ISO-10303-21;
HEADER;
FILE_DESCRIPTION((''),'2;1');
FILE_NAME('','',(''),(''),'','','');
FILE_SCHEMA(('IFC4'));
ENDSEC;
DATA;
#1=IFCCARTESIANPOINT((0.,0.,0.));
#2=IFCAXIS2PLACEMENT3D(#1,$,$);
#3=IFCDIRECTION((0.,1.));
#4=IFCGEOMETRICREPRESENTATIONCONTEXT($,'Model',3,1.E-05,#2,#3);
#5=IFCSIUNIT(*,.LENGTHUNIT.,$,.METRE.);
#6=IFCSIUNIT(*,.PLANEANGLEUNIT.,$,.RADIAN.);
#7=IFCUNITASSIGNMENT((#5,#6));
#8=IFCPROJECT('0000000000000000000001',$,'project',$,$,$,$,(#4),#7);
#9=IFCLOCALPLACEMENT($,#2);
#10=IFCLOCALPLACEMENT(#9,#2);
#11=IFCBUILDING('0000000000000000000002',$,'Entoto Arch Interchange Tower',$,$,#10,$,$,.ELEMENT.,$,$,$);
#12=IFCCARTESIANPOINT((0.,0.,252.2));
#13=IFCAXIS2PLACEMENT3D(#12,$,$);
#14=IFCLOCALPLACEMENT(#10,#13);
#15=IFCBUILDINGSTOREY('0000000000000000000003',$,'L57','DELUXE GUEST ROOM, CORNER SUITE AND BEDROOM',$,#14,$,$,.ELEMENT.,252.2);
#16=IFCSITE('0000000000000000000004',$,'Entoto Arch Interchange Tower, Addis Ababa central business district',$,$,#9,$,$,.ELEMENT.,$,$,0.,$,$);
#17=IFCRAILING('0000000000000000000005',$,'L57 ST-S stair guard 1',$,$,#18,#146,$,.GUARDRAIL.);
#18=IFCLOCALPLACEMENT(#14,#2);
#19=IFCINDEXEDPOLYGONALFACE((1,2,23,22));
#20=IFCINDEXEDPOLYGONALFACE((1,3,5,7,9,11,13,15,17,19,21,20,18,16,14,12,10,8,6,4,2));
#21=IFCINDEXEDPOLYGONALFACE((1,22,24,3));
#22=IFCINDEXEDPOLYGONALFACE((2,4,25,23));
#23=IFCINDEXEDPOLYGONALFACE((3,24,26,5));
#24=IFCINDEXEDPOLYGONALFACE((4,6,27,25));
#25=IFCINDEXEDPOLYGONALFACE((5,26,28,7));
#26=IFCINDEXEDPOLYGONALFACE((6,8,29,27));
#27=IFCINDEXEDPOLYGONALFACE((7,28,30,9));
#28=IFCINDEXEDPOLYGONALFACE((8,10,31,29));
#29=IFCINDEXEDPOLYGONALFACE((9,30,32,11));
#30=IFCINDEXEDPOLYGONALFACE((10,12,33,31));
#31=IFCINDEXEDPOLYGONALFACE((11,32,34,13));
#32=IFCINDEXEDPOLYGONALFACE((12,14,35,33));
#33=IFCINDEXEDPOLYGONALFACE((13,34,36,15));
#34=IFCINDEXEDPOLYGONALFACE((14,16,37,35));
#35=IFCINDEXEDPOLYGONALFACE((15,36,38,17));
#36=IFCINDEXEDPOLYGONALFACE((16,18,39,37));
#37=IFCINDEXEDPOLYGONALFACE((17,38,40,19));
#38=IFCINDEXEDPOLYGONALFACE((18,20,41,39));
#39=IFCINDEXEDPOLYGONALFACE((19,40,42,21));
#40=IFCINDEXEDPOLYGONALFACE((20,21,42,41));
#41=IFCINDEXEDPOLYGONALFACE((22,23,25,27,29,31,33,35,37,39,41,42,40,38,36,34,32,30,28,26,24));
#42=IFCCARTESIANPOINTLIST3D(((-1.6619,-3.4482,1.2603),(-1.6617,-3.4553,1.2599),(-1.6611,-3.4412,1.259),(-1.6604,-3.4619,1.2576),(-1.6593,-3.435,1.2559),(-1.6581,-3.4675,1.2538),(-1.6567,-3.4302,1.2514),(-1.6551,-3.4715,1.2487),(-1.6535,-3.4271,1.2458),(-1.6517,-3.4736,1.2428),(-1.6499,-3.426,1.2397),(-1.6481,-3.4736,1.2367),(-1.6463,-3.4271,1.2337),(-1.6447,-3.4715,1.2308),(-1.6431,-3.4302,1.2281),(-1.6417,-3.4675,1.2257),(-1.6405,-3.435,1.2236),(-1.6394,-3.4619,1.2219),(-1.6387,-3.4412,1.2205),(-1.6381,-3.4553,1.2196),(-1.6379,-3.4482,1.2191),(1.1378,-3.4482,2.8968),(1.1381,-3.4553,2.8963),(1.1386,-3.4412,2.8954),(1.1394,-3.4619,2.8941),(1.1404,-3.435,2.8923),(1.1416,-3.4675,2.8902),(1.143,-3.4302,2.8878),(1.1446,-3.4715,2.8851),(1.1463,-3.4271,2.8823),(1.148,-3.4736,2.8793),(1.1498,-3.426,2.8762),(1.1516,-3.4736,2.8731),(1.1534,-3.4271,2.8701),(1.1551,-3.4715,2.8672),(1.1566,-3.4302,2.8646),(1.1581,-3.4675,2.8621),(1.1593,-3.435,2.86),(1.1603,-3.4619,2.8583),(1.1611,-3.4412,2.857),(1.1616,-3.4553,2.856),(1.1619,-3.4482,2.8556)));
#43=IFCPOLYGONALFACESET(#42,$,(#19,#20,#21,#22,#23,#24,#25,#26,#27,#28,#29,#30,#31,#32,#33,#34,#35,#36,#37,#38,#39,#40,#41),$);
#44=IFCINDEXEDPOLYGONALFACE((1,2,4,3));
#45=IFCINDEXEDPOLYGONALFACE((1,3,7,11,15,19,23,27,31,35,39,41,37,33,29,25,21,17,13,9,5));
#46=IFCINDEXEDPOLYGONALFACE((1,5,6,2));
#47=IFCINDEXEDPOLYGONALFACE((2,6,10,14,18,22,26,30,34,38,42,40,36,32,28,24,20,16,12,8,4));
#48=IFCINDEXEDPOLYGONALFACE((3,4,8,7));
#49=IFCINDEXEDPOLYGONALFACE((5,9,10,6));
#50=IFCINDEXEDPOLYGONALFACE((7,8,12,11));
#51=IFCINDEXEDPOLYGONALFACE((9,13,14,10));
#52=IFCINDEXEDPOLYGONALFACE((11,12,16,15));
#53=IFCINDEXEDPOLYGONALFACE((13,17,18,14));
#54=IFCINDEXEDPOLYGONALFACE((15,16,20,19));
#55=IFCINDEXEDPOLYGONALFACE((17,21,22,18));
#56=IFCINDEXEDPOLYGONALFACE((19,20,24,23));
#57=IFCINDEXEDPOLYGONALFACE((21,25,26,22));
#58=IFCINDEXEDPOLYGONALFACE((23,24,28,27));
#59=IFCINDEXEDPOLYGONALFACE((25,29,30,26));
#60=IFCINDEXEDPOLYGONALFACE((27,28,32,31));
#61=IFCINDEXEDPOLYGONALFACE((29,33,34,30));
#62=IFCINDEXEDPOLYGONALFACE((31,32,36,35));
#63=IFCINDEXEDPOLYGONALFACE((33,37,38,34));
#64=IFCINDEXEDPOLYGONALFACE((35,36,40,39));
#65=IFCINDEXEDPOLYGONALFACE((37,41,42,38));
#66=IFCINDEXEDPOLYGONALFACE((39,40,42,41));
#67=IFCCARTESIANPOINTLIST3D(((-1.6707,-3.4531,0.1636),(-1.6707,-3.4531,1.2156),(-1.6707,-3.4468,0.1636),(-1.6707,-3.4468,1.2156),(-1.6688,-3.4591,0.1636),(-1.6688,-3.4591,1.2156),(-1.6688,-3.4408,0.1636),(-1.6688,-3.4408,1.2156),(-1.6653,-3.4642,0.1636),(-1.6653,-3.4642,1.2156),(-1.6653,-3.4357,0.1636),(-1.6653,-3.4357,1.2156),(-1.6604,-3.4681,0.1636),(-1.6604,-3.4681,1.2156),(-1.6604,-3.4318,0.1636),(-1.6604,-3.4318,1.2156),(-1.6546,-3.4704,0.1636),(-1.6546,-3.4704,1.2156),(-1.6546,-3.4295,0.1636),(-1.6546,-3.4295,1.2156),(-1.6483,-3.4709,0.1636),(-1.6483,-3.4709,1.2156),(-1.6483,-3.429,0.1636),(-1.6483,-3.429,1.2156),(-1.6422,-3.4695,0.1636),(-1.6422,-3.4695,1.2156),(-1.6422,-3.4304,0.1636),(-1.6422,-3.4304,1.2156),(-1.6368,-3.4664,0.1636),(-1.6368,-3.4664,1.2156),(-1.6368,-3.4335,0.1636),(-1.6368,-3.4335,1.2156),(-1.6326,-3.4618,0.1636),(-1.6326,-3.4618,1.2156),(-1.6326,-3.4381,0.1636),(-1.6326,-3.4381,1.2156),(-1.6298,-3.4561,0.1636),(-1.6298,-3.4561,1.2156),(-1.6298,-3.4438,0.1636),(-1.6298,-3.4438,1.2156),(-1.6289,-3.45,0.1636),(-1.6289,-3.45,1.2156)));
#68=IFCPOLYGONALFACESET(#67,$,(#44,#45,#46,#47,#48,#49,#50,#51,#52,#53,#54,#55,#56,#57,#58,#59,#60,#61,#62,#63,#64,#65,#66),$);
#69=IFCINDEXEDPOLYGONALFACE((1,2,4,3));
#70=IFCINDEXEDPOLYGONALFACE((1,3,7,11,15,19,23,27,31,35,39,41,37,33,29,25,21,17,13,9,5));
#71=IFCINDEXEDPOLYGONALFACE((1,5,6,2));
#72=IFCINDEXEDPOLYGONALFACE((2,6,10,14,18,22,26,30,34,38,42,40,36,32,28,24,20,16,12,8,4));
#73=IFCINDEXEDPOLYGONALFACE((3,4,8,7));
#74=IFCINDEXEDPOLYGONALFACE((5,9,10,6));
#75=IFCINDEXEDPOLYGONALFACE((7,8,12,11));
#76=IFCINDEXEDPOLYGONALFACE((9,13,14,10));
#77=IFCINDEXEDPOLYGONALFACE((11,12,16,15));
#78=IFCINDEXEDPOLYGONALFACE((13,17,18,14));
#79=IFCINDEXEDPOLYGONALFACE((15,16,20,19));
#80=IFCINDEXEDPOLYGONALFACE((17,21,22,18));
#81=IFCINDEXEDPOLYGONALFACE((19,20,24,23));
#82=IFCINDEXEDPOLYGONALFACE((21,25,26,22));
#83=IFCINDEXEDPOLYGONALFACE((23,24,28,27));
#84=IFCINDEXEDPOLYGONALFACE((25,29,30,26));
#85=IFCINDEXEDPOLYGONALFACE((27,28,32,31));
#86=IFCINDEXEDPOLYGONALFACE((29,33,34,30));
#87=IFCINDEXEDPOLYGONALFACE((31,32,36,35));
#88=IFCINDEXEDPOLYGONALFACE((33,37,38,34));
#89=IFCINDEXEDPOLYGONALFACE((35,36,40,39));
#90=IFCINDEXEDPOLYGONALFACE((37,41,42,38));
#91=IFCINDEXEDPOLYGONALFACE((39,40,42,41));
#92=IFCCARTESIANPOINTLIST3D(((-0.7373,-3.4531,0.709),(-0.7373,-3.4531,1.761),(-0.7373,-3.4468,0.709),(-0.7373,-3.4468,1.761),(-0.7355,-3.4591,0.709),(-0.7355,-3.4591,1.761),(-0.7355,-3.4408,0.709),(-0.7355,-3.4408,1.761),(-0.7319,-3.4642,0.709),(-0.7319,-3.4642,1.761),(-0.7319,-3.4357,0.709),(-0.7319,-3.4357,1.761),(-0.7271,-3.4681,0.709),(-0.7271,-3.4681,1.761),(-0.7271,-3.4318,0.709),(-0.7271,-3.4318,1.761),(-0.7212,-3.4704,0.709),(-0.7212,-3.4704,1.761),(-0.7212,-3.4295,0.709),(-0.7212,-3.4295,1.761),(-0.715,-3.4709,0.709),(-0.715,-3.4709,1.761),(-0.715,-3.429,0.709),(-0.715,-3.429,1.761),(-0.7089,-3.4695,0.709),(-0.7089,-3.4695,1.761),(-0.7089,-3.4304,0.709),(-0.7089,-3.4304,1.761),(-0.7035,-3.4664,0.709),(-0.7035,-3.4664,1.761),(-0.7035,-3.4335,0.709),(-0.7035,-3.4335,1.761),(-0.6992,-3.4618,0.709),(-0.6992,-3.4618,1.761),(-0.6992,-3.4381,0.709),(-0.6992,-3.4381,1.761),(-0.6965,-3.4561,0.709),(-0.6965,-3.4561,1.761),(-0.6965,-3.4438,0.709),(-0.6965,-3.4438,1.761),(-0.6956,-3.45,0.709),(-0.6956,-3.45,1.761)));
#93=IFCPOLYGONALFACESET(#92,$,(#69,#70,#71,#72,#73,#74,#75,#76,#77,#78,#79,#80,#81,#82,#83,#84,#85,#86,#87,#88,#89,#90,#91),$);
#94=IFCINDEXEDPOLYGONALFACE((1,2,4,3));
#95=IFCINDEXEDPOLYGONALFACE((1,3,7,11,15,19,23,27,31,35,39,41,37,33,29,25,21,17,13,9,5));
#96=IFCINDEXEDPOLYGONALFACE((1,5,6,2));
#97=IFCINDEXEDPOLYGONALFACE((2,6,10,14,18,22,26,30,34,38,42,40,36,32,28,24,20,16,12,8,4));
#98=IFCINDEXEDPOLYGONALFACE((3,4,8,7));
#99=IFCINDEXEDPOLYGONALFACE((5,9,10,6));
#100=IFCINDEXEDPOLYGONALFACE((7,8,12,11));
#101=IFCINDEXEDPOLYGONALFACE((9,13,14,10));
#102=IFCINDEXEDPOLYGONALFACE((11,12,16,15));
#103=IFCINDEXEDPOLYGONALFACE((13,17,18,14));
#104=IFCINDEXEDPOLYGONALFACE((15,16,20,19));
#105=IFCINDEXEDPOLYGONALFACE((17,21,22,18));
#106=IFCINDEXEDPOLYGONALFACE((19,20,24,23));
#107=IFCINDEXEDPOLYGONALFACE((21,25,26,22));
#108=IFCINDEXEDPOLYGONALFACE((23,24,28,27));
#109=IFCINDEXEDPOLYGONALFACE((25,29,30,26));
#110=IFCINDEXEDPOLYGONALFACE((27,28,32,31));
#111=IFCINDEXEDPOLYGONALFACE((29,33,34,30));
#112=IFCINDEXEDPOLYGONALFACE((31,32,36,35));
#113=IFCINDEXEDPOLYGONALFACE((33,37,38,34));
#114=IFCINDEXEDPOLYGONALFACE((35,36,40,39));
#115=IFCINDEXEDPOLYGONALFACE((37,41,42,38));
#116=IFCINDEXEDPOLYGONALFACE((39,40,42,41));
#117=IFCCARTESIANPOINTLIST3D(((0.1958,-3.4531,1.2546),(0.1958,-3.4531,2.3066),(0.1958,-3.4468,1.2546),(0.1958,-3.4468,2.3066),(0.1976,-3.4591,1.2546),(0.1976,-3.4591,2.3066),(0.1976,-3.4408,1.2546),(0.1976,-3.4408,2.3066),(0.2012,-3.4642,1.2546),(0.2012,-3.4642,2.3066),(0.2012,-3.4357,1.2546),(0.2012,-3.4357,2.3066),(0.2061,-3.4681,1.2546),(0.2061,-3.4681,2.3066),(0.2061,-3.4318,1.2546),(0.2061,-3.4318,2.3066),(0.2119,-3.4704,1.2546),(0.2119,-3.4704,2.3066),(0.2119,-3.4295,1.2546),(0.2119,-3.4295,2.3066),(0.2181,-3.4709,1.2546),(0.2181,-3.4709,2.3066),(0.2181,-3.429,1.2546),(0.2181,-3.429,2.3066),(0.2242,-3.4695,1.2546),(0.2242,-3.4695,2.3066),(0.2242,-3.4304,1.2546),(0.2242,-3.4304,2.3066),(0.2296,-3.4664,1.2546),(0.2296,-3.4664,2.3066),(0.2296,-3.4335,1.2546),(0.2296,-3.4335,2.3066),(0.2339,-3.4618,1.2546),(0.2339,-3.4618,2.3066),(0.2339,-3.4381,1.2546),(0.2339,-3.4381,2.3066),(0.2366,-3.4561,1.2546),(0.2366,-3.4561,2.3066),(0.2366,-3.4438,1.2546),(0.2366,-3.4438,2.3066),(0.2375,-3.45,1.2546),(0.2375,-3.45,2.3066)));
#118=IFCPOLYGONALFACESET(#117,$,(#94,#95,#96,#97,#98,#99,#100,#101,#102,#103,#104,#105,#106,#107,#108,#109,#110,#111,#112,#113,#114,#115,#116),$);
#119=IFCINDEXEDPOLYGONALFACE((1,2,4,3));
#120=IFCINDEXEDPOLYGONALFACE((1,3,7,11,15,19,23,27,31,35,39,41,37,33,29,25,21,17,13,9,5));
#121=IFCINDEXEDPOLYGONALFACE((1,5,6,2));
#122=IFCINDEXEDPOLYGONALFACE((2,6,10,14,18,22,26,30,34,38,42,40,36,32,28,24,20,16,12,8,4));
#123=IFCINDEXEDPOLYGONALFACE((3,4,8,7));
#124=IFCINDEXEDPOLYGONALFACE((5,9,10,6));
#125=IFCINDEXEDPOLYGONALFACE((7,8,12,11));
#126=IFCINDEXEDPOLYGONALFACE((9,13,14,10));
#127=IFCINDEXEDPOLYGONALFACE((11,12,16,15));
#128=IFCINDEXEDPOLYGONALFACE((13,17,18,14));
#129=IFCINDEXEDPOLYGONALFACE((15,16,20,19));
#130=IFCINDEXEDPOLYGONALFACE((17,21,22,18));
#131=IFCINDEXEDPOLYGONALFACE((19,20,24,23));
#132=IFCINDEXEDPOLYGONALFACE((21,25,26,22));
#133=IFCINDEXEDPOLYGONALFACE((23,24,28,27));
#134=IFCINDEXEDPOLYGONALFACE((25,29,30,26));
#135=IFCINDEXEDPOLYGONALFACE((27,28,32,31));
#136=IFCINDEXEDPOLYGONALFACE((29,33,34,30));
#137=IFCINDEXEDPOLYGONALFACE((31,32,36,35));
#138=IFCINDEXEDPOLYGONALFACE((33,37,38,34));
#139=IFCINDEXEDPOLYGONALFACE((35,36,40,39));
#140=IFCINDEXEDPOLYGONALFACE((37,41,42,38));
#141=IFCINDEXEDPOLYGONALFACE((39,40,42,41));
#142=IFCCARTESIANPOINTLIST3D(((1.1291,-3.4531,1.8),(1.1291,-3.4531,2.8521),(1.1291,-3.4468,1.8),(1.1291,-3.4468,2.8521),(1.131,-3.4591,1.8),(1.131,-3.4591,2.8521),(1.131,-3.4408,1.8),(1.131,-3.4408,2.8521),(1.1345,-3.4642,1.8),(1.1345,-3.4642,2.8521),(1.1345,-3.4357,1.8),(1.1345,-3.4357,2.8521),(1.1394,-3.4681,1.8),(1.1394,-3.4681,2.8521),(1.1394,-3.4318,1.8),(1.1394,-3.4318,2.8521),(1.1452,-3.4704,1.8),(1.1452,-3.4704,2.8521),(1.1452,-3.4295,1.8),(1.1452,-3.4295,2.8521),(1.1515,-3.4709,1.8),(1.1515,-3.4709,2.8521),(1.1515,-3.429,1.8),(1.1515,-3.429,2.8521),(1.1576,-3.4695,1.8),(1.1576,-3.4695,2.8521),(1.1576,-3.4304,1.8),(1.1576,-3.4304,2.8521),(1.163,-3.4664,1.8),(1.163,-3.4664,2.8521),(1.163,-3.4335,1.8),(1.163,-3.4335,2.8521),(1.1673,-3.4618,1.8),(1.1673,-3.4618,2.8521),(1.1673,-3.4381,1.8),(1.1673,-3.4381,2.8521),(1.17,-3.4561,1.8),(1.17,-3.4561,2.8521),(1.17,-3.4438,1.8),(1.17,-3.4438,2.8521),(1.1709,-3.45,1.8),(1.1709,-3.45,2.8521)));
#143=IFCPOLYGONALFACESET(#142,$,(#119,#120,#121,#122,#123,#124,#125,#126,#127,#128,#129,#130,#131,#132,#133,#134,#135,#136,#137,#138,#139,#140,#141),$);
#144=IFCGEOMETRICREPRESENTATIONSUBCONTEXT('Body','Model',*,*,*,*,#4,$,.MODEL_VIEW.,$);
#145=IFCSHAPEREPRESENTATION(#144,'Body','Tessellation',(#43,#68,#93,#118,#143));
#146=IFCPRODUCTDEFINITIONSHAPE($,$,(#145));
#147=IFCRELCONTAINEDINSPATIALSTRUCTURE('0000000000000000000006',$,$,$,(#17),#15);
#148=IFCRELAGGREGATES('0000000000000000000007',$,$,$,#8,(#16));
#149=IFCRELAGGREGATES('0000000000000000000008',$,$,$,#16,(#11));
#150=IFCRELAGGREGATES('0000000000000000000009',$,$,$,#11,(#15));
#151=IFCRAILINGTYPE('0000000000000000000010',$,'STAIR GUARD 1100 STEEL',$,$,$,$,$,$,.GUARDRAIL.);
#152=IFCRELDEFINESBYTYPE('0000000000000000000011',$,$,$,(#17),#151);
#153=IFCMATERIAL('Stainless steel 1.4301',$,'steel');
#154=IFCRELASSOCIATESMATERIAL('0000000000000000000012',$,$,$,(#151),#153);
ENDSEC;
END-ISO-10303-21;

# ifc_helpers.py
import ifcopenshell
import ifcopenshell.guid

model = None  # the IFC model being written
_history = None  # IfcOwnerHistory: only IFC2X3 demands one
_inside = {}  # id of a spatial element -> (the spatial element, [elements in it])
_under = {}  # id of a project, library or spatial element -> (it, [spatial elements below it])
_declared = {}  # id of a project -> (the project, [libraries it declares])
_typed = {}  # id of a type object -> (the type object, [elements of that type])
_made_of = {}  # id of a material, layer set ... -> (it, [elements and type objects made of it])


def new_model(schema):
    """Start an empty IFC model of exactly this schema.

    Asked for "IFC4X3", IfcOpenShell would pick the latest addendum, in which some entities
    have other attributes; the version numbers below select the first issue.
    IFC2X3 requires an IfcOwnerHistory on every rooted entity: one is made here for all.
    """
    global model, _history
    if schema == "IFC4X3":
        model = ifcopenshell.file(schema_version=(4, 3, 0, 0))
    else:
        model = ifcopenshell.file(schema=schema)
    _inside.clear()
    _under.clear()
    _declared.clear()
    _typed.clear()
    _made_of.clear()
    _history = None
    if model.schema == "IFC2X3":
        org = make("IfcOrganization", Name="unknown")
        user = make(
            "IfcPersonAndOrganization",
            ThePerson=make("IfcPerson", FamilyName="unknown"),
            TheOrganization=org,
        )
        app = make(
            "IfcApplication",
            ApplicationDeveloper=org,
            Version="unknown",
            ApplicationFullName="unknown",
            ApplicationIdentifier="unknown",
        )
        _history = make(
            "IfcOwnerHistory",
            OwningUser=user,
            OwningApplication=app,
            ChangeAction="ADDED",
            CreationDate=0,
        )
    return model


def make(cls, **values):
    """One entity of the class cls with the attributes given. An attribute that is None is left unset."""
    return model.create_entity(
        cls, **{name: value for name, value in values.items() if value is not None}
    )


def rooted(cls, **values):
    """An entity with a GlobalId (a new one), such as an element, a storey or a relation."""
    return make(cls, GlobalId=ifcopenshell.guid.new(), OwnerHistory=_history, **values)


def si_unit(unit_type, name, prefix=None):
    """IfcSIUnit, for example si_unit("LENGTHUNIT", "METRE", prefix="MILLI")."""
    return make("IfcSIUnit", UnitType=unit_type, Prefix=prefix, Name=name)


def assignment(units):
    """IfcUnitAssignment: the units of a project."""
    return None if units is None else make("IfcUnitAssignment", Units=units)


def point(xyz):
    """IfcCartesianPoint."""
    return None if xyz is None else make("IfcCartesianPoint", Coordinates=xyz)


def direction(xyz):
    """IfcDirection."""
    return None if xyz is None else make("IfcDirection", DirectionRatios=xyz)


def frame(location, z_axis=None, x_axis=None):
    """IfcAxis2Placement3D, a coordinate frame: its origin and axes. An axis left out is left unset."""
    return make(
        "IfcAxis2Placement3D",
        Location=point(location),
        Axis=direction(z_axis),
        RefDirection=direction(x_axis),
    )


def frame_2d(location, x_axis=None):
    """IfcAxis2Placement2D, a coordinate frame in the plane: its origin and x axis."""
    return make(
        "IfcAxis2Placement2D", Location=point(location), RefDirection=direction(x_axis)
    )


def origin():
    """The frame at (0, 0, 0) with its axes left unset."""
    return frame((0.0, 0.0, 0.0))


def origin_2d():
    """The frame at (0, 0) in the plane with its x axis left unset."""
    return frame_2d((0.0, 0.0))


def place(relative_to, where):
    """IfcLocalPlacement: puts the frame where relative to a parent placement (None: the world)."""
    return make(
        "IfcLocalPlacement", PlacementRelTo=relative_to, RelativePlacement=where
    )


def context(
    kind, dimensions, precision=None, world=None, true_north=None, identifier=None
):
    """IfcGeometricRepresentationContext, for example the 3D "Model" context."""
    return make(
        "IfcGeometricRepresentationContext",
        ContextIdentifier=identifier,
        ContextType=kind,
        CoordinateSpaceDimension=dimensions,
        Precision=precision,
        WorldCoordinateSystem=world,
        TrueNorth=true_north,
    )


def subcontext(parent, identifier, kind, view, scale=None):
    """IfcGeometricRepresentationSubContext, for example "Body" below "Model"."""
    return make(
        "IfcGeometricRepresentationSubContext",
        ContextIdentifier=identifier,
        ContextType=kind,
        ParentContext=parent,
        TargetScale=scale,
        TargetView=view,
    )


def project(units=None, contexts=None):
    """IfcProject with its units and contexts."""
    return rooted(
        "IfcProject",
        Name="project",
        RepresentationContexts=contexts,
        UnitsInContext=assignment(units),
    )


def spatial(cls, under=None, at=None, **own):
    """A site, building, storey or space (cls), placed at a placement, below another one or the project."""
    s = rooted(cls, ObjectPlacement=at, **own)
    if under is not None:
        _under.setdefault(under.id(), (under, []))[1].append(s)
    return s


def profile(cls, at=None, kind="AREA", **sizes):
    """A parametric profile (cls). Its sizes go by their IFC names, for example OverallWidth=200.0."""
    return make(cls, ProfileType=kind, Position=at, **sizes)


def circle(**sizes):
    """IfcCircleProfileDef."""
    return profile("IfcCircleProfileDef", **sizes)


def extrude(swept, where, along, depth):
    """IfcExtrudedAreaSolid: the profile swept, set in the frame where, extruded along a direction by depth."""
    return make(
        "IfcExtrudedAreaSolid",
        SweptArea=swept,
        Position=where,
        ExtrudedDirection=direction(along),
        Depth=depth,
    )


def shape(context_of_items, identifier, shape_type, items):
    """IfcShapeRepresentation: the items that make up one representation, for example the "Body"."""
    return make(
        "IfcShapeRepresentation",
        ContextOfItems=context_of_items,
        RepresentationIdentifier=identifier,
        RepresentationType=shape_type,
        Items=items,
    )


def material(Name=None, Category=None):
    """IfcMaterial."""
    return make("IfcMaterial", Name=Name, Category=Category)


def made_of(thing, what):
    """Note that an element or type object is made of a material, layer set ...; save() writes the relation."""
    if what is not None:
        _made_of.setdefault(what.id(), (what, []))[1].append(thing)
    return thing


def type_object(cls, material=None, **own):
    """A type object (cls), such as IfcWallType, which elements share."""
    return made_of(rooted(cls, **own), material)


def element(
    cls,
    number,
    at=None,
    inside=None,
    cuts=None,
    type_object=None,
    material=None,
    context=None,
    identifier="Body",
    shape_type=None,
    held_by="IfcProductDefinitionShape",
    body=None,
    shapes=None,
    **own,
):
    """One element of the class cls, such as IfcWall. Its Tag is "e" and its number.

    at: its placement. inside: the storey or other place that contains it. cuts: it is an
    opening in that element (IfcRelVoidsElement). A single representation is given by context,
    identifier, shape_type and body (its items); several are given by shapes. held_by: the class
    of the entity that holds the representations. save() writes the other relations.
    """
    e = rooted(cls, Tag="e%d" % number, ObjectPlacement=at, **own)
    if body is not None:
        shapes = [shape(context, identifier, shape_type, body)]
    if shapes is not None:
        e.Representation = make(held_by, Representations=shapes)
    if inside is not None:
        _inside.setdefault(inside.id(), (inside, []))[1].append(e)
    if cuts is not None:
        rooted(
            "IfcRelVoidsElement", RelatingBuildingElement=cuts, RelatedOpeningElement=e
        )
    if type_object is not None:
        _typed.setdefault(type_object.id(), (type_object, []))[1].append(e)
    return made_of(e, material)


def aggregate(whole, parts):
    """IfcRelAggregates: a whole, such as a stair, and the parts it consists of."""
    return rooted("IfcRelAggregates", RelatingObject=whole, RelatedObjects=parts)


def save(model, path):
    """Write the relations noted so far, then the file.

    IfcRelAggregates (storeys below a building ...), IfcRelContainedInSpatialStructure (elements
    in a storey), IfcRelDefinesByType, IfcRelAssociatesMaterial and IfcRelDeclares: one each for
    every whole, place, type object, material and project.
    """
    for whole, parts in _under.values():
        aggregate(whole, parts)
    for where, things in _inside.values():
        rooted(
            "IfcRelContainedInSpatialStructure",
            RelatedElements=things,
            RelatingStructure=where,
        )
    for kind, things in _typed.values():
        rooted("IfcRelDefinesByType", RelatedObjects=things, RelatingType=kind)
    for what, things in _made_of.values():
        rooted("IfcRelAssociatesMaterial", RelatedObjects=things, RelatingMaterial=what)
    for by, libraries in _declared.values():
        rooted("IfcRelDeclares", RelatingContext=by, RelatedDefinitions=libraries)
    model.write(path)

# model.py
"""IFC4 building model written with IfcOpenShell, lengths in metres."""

from ifc_helpers import new_model, si_unit, direction, frame, origin, origin_2d, place, context, subcontext, project, spatial, circle, extrude, material, type_object, element, save


model = new_model("IFC4")

# Units and contexts
model_context = context("Model", 3, precision=1e-05, world=origin(), true_north=direction((0.0, 1.0)))
body_context = subcontext(model_context, "Body", "Model", "MODEL_VIEW")
ifc_project = project(units=[si_unit("LENGTHUNIT", "METRE"), si_unit("PLANEANGLEUNIT", "RADIAN")], contexts=[model_context])

# Site, building, storey
site_placement = place(None, origin())
site = spatial("IfcSite", under=ifc_project, at=site_placement, Name="Entoto Arch Interchange Tower, Addis Ababa central business district", CompositionType="ELEMENT", RefElevation=0.0)
building_placement = place(site_placement, origin())
building = spatial("IfcBuilding", under=site, at=building_placement, Name="Entoto Arch Interchange Tower", CompositionType="ELEMENT")
storey_placement = place(building_placement, frame((0.0, 0.0, 252.2)))
storey = spatial("IfcBuildingStorey", under=building, at=storey_placement, Name="L57", Description="DELUXE GUEST ROOM, CORNER SUITE AND BEDROOM", CompositionType="ELEMENT", Elevation=252.2)

# Railing
ifc_material_1 = material(Name="Stainless steel 1.4301", Category="steel")
railing_type = type_object("IfcRailingType", Name="STAIR GUARD 1100 STEEL", PredefinedType="GUARDRAIL", material=ifc_material_1)
railing_1_placement = place(storey_placement, frame((-1.6499, -3.45, 0.1636)))
element("IfcRailing", 1, at=railing_1_placement, inside=storey, type_object=railing_type, Name="L57 ST-S stair guard 1", PredefinedType="GUARDRAIL", context=body_context, shape_type="SweptSolid", body=[
    extrude(circle(Radius=0.0239, at=origin_2d()), frame((0.0, 0.0, 1.0762), z_axis=(0.863342, 0.0, 0.50462), x_axis=(0.0, 1.0, 0.0)), (0.0, 0.0, 1.0), 3.2429),
    extrude(circle(Radius=0.021, at=origin_2d()), origin(), (0.0, 0.0, 1.0), 1.052),
    extrude(circle(Radius=0.021, at=origin_2d()), frame((0.9333, 0.0, 0.5454)), (0.0, 0.0, 1.0), 1.052),
    extrude(circle(Radius=0.021, at=origin_2d()), frame((1.8665, 0.0, 1.0911)), (0.0, 0.0, 1.0), 1.052),
    extrude(circle(Radius=0.021, at=origin_2d()), frame((2.7998, 0.0, 1.6365)), (0.0, 0.0, 1.0), 1.052),
])

save(model, "model.ifc")
